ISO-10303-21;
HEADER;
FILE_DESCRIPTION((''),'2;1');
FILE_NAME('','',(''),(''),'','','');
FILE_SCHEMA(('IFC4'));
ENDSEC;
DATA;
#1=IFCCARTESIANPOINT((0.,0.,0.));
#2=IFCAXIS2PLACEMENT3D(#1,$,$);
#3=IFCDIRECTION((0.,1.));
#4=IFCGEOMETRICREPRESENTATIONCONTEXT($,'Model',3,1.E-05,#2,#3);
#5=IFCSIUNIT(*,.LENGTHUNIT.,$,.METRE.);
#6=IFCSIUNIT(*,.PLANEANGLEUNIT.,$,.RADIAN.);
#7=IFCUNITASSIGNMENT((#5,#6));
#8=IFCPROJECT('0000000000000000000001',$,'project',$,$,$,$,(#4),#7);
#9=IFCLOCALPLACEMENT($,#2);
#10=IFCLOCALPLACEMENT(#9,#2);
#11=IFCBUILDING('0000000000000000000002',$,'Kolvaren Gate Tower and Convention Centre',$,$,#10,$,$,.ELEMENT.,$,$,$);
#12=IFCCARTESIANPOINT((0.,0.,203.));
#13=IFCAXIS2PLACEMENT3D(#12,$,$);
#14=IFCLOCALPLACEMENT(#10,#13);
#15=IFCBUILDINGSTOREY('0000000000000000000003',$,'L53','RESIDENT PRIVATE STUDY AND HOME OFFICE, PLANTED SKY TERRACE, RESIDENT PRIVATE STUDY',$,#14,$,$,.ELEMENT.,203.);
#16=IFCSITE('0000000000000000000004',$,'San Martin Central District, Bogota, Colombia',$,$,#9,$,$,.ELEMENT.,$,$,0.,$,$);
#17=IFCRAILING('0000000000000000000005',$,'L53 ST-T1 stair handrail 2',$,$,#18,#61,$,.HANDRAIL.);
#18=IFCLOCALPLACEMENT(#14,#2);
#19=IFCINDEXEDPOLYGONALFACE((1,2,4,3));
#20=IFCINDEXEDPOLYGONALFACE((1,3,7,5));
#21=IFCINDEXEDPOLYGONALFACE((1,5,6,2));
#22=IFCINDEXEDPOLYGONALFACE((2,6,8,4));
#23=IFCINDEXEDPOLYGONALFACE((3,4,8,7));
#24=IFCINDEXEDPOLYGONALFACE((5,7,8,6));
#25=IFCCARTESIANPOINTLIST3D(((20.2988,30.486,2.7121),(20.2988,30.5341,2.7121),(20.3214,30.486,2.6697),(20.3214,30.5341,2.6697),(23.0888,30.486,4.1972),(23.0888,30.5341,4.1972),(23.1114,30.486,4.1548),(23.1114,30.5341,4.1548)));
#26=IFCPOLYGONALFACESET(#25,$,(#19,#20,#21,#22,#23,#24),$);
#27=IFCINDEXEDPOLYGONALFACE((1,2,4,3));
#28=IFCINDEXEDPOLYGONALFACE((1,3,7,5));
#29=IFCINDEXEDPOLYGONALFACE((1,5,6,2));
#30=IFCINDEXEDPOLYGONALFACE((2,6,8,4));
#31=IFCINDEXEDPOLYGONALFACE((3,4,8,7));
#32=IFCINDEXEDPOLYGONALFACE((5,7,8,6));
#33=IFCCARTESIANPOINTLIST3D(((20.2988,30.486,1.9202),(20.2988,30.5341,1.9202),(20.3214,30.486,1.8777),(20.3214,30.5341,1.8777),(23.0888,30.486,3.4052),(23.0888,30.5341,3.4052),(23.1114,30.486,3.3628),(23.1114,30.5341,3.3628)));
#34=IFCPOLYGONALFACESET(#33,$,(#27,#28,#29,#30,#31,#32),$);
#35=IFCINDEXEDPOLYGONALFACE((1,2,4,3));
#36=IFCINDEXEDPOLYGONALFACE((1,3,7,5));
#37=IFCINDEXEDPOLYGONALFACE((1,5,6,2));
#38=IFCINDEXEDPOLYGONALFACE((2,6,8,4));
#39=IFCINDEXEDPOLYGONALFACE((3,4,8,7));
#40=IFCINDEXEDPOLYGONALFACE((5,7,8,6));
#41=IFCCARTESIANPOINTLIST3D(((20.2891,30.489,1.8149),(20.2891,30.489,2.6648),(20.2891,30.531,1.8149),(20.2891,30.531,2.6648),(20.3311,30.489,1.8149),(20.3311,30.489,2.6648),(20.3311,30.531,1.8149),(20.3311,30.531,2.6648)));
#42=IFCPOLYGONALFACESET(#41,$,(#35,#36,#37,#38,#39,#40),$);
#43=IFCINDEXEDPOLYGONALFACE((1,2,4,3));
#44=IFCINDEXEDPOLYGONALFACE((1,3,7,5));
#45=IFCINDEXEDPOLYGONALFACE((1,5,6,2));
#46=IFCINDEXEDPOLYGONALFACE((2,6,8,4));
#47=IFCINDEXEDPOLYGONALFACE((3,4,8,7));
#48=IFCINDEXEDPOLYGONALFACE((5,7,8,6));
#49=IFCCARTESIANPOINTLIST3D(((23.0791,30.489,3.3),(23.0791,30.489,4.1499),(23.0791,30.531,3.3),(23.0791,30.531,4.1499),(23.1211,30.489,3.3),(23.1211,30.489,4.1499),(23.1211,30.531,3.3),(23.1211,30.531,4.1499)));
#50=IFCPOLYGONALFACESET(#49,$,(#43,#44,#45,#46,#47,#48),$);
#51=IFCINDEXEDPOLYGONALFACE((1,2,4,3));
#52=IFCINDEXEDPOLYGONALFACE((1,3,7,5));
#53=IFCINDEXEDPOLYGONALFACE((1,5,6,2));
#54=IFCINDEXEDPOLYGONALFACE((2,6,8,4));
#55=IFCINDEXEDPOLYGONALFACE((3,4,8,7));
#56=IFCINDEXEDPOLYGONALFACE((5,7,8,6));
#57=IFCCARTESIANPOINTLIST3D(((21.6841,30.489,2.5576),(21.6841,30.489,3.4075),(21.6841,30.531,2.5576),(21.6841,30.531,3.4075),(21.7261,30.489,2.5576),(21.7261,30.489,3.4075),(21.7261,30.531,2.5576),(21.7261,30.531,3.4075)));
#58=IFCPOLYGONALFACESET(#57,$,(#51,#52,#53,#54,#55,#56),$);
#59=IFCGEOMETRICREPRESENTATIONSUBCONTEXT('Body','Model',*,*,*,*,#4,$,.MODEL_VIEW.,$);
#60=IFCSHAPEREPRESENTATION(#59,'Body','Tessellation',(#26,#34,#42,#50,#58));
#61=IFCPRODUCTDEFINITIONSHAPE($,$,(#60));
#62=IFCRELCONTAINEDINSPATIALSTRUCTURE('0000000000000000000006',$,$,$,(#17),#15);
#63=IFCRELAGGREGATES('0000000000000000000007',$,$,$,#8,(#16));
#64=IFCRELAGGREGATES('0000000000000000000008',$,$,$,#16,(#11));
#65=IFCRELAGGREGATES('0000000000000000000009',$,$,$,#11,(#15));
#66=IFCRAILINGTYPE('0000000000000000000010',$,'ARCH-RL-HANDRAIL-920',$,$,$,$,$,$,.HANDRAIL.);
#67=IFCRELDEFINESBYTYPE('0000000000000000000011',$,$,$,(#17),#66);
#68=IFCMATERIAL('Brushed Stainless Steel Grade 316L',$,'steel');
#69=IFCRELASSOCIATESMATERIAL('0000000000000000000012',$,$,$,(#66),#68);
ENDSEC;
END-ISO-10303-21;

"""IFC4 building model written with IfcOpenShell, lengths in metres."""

from ifc_helpers import new_model, si_unit, direction, frame, origin, origin_2d, place, context, subcontext, project, spatial, rectangle, extrude, material, type_object, element, save


model = new_model("IFC4")

# Units and contexts
model_context = context("Model", 3, precision=1e-05, world=origin(), true_north=direction((0.0, 1.0)))
body_context = subcontext(model_context, "Body", "Model", "MODEL_VIEW")
ifc_project = project(units=[si_unit("LENGTHUNIT", "METRE"), si_unit("PLANEANGLEUNIT", "RADIAN")], contexts=[model_context])

# Site, building, storey
site_placement = place(None, origin())
site = spatial("IfcSite", under=ifc_project, at=site_placement, Name="San Martin Central District, Bogota, Colombia", CompositionType="ELEMENT", RefElevation=0.0)
building_placement = place(site_placement, origin())
building = spatial("IfcBuilding", under=site, at=building_placement, Name="Kolvaren Gate Tower and Convention Centre", CompositionType="ELEMENT")
storey_placement = place(building_placement, frame((0.0, 0.0, 203.0)))
storey = spatial("IfcBuildingStorey", under=building, at=storey_placement, Name="L53", Description="RESIDENT PRIVATE STUDY AND HOME OFFICE, PLANTED SKY TERRACE, RESIDENT PRIVATE STUDY", CompositionType="ELEMENT", Elevation=203.0)

# Shared definitions
ifc_material_1 = material(Name="Brushed Stainless Steel Grade 316L", Category="steel")

# Railing
railing_type_1 = type_object("IfcRailingType", Name="ARCH-RL-HANDRAIL-920", PredefinedType="HANDRAIL", material=ifc_material_1)
railing_1_placement = place(storey_placement, frame((20.3101, 30.51, 1.8149)))
element("IfcRailing", 1, at=railing_1_placement, inside=storey, type_object=railing_type_1, Name="L53 ST-T1 stair handrail 2", PredefinedType="HANDRAIL", context=body_context, shape_type="SweptSolid", body=[
    extrude(rectangle(XDim=0.0481, YDim=0.0481, at=origin_2d()), frame((0.0, 0.0, 0.876), z_axis=(0.882735, 0.0, 0.46987), x_axis=(0.0, 1.0, 0.0)), (0.0, 0.0, 1.0), 3.1606),
    extrude(rectangle(XDim=0.0481, YDim=0.0481, at=origin_2d()), frame((0.0, 0.0, 0.084), z_axis=(0.882735, 0.0, 0.46987), x_axis=(0.0, 1.0, 0.0)), (0.0, 0.0, 1.0), 3.1606),
    extrude(rectangle(XDim=0.042, YDim=0.042, at=origin_2d()), origin(), (0.0, 0.0, 1.0), 0.8499),
    extrude(rectangle(XDim=0.042, YDim=0.042, at=origin_2d()), frame((2.79, 0.0, 1.4851)), (0.0, 0.0, 1.0), 0.8499),
    extrude(rectangle(XDim=0.042, YDim=0.042, at=origin_2d()), frame((1.395, 0.0, 0.7427)), (0.0, 0.0, 1.0), 0.8499),
])

save(model, "model.ifc")
